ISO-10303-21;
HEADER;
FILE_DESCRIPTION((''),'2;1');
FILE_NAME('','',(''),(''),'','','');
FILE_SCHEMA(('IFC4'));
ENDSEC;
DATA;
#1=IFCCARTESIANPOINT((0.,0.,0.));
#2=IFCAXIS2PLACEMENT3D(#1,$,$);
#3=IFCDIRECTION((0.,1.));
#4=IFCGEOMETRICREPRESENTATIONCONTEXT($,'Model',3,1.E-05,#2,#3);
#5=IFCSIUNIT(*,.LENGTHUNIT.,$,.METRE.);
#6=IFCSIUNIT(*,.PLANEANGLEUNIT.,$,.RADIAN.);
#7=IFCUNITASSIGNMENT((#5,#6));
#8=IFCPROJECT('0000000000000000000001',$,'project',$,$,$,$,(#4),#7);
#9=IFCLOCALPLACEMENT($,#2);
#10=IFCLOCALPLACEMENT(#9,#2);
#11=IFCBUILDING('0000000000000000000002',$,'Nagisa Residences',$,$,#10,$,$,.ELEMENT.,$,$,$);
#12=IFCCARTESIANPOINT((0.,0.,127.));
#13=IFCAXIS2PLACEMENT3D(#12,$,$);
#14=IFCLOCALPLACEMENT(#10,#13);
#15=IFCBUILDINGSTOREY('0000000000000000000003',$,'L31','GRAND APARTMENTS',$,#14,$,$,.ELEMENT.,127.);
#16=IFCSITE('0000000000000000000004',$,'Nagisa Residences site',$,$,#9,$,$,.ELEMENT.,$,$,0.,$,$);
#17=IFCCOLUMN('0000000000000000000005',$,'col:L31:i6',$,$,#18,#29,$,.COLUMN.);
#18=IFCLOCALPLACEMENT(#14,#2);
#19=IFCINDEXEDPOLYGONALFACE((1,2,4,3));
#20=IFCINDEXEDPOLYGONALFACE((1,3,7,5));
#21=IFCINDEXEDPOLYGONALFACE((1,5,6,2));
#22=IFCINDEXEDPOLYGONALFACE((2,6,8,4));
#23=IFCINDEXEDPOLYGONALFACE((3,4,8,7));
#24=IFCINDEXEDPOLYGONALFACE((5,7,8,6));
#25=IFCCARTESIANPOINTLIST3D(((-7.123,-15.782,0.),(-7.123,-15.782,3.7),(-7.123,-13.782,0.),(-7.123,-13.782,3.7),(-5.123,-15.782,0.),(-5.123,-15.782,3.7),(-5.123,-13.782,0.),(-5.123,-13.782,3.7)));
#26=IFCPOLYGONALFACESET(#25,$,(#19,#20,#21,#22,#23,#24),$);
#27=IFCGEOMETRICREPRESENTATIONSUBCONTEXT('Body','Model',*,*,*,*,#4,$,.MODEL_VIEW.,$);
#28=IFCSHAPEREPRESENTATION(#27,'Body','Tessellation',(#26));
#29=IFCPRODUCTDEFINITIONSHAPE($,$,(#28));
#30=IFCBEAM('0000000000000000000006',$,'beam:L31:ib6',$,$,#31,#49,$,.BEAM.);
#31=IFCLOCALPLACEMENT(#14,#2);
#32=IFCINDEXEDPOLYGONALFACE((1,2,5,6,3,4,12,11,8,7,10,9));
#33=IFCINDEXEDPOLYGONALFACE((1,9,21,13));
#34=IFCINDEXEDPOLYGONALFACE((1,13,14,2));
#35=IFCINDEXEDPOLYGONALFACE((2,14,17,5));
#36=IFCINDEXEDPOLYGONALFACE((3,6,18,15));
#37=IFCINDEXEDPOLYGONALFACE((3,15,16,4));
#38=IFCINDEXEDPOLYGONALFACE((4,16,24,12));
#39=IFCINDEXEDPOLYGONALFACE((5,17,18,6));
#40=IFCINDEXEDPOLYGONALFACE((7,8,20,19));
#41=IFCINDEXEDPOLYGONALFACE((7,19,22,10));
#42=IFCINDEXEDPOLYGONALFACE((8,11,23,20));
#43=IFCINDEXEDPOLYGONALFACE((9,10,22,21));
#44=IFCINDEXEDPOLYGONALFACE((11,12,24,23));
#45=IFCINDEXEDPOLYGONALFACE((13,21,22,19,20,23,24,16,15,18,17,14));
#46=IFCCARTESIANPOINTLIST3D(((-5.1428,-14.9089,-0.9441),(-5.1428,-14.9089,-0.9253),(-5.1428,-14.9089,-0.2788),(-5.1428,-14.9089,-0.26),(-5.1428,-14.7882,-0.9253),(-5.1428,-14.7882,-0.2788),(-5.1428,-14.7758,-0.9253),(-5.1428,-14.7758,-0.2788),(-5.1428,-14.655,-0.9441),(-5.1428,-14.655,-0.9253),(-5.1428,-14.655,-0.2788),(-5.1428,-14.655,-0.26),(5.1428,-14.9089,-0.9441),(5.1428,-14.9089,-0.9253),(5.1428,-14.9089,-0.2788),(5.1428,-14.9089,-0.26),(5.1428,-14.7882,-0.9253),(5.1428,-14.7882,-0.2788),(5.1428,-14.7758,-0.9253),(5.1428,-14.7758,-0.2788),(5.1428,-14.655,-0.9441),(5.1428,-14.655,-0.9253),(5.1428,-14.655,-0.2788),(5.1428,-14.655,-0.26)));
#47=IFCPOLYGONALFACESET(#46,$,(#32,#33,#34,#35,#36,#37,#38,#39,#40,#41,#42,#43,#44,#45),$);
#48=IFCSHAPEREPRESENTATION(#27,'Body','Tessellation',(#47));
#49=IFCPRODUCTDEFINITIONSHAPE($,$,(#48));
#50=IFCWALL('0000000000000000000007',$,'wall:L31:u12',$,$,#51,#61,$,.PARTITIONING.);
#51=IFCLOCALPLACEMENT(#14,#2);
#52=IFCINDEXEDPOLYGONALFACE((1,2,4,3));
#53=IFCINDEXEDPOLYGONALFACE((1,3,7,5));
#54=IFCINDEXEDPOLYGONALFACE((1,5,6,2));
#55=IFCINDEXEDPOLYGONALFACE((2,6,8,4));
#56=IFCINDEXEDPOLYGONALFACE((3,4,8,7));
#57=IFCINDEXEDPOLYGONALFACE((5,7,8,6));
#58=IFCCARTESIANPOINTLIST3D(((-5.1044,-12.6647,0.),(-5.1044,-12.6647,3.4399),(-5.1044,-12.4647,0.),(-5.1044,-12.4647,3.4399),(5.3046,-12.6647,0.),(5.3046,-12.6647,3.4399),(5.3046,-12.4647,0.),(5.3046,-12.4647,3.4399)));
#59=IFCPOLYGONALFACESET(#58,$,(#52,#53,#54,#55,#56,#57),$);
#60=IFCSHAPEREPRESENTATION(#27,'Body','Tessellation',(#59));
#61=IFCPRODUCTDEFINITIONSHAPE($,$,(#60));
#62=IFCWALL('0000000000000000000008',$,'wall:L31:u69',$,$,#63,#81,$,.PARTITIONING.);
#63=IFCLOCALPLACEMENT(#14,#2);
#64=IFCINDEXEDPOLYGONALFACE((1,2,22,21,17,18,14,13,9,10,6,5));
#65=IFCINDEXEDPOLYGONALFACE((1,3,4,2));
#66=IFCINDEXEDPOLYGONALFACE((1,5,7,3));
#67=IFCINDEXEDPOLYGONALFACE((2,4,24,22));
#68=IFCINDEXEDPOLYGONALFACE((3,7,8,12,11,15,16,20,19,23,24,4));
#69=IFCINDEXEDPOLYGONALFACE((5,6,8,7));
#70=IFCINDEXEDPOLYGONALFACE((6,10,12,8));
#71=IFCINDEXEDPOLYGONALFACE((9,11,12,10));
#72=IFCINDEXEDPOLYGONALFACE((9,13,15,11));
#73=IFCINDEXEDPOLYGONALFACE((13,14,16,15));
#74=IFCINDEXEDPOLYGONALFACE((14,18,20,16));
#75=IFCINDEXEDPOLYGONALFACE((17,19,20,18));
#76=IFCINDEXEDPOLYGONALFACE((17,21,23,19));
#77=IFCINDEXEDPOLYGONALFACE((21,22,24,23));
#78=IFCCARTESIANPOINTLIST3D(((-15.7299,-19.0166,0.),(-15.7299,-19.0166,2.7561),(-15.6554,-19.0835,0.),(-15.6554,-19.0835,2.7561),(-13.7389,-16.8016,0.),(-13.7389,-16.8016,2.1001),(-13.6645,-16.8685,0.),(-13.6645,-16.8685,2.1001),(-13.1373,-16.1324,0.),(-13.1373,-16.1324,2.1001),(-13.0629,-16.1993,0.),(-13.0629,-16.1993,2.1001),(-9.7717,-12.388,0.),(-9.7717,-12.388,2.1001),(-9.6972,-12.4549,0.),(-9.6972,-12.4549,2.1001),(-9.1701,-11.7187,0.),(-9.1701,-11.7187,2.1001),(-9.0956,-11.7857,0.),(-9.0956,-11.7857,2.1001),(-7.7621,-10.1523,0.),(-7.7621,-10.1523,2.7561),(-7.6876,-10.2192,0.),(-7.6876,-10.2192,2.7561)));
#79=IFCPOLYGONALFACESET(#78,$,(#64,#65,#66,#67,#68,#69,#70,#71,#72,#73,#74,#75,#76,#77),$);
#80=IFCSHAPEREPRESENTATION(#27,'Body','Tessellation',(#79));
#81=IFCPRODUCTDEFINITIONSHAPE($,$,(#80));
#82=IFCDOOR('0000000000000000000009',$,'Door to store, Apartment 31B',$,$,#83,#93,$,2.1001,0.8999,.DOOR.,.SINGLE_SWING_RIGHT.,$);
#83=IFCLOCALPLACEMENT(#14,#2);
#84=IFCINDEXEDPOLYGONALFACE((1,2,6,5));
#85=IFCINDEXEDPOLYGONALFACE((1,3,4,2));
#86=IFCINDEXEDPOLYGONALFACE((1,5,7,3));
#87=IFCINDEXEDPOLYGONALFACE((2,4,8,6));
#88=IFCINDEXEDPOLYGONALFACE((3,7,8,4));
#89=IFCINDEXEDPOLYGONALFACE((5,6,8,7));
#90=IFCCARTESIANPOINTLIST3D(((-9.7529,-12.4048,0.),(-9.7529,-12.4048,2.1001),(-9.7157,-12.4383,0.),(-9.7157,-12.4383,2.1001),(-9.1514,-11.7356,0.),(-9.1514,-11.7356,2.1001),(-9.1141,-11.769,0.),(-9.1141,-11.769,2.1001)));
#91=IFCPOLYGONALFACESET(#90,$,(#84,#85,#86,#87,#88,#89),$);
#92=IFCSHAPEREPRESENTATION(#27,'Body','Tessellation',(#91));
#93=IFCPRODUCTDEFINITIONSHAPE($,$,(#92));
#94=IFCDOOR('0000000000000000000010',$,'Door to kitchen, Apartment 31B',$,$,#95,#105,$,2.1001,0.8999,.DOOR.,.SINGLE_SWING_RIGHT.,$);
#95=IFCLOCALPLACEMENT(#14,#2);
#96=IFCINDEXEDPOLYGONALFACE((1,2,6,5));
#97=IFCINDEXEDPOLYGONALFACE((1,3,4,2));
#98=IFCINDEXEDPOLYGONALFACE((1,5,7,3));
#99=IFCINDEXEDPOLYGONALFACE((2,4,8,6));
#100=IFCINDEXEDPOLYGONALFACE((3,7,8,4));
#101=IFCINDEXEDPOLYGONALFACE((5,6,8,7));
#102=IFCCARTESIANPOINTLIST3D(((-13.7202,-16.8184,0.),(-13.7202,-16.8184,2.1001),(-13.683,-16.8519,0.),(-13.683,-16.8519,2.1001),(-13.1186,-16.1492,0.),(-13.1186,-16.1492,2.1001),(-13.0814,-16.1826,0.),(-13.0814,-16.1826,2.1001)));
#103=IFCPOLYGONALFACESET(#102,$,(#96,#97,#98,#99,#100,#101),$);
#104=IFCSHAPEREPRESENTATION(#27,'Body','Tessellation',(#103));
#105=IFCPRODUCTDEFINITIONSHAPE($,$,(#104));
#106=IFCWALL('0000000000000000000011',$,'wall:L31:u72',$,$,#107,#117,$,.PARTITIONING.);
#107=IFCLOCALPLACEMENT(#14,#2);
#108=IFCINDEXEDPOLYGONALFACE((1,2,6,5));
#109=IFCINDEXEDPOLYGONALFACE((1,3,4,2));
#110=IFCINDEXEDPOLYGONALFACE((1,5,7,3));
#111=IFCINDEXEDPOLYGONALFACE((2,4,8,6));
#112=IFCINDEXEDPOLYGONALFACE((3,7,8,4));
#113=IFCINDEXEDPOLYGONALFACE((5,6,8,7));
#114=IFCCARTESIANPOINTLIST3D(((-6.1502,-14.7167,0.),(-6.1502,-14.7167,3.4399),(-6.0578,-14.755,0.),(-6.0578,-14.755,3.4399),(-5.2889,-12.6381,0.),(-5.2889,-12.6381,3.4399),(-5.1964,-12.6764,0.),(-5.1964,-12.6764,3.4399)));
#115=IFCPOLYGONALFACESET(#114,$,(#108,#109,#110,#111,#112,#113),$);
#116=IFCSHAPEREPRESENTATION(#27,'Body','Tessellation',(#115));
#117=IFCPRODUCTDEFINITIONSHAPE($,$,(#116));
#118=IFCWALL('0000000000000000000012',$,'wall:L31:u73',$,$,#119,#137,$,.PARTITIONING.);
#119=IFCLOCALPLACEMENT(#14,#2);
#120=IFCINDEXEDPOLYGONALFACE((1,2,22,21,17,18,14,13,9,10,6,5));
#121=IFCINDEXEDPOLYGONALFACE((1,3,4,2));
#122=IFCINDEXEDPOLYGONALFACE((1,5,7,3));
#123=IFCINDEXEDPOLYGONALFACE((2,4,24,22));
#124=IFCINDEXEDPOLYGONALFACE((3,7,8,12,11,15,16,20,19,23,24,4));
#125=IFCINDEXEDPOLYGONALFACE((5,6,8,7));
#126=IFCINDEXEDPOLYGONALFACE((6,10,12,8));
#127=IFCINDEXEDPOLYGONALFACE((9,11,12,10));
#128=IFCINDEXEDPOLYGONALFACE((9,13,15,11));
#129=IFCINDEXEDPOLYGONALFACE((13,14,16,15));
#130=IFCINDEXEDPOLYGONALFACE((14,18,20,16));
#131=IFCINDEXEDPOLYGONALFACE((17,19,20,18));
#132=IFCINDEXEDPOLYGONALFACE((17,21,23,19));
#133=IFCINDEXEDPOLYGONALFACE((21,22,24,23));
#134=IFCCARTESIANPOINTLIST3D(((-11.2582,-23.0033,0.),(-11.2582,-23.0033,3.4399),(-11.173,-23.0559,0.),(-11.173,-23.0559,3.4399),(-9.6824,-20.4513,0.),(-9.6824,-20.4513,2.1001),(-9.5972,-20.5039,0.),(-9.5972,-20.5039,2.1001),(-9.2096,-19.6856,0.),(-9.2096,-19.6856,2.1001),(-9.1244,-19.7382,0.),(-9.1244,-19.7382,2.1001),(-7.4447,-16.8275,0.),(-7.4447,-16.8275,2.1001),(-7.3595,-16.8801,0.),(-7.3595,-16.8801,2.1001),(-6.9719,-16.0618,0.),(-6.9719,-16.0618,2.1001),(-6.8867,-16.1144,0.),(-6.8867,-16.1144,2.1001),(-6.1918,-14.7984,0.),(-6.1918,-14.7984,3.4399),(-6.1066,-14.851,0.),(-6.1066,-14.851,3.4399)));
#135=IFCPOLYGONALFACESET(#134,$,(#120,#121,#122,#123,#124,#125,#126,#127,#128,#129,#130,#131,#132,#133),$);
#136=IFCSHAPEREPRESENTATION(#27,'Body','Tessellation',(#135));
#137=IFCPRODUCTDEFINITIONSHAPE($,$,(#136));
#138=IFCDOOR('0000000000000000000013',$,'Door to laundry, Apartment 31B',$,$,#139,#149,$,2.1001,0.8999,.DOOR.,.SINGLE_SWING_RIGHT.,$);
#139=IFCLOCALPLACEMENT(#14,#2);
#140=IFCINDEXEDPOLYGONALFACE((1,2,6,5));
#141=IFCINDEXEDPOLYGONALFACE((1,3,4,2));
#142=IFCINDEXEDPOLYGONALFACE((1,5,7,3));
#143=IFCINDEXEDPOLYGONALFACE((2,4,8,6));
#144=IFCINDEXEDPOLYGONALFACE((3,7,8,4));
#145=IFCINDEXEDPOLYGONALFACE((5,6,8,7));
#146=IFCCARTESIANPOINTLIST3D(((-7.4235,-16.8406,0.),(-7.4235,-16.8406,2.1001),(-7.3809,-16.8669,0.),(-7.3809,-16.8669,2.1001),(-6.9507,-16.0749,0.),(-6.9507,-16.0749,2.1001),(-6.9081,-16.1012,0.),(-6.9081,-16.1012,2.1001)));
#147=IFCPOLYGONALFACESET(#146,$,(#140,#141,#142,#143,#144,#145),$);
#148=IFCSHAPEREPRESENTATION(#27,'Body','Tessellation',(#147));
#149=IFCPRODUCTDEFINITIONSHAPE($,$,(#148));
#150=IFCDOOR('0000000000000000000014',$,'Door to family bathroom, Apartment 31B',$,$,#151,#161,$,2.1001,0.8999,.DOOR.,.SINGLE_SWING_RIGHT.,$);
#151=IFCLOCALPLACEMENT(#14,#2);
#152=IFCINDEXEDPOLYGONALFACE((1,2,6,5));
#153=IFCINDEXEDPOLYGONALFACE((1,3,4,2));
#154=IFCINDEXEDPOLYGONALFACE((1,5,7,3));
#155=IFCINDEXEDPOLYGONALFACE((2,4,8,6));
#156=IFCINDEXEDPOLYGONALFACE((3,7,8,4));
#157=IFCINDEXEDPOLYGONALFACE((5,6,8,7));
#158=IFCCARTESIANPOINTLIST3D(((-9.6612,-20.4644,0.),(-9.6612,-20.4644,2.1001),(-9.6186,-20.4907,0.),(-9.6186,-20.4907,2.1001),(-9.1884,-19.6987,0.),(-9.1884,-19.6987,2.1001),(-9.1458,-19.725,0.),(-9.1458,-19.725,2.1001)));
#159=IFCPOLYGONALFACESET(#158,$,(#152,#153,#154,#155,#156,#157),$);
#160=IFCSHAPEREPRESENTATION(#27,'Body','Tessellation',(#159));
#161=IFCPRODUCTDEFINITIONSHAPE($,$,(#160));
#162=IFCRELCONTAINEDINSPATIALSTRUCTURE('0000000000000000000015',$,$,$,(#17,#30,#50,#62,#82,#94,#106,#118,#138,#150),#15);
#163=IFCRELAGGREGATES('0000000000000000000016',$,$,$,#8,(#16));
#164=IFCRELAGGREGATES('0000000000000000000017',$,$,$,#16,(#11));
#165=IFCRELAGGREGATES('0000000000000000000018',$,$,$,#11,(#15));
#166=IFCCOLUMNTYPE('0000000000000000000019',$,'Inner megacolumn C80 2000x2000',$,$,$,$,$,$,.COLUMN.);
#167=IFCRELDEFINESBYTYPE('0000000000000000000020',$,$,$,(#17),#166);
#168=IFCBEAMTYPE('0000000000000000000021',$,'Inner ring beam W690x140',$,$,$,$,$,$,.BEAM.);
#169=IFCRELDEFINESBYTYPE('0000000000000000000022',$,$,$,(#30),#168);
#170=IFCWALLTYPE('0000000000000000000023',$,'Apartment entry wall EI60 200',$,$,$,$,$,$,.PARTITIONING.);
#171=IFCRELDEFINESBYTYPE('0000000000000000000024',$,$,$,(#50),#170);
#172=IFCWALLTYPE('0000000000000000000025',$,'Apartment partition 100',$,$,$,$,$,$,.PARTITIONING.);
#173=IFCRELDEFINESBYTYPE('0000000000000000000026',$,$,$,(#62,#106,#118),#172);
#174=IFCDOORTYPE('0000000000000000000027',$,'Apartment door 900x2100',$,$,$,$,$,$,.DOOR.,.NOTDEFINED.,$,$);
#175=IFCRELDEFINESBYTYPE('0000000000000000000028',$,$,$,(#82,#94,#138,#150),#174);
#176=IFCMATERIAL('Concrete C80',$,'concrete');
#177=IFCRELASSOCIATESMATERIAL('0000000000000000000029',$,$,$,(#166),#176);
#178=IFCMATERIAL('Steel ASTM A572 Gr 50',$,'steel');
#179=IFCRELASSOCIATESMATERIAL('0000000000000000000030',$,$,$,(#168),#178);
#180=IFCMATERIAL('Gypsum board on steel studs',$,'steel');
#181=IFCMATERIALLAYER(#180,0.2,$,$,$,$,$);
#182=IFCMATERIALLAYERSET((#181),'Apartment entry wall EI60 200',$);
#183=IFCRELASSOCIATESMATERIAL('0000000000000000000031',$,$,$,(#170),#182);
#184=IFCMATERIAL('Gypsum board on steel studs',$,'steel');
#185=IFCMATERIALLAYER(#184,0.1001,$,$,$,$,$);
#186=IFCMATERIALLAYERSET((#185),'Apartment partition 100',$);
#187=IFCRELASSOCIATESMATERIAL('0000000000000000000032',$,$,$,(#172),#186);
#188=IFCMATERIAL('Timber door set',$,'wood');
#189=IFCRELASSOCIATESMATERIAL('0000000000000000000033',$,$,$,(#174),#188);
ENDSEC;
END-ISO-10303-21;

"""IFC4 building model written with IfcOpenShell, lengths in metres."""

from ifc_helpers import new_model, si_unit, direction, frame, frame_2d, origin, origin_2d, place, context, subcontext, project, spatial, rectangle, i_section, extrude, material, layer, layer_set, material_profile, profile_set, type_object, element, fill, save


model = new_model("IFC4")

# Units and contexts
model_context = context("Model", 3, precision=1e-05, world=origin(), true_north=direction((0.0, 1.0)))
body_context = subcontext(model_context, "Body", "Model", "MODEL_VIEW")
ifc_project = project(units=[si_unit("LENGTHUNIT", "METRE"), si_unit("PLANEANGLEUNIT", "RADIAN")], contexts=[model_context])

# Site, building, storey
site_placement = place(None, origin())
site = spatial("IfcSite", under=ifc_project, at=site_placement, Name="Nagisa Residences site", CompositionType="ELEMENT", RefElevation=0.0)
building_placement = place(site_placement, origin())
building = spatial("IfcBuilding", under=site, at=building_placement, Name="Nagisa Residences", CompositionType="ELEMENT")
storey_placement = place(building_placement, frame((0.0, 0.0, 127.0)))
storey = spatial("IfcBuildingStorey", under=building, at=storey_placement, Name="L31", Description="GRAND APARTMENTS", CompositionType="ELEMENT", Elevation=127.0)

# Column
ifc_material_1 = material(Name="Concrete C80", Category="concrete")
ifc_material_profile_1 = material_profile(ifc_material_1, rectangle(XDim=2.0, YDim=2.0, at=origin_2d()), Name="C80 2000x2000")
ifc_profile_set_1 = profile_set([ifc_material_profile_1], Name="Concrete C80")
column_type = type_object("IfcColumnType", Name="Inner megacolumn C80 2000x2000", PredefinedType="COLUMN", material=ifc_profile_set_1)
column_placement = place(storey_placement, frame((-6.123, -14.782, 0.0), z_axis=(0.0, 0.0, 1.0), x_axis=(1.0, 0.0, 0.0)))
element("IfcColumn", 1, at=column_placement, inside=storey, type_object=column_type, Name="col:L31:i6", PredefinedType="COLUMN", context=body_context, shape_type="SweptSolid", body=[
    extrude(rectangle(XDim=2.0, YDim=2.0, at=origin_2d()), origin(), (0.0, 0.0, 1.0), 3.7),
])

# Beam
ifc_material_2 = material(Name="Steel ASTM A572 Gr 50", Category="steel")
ifc_material_profile_2 = material_profile(ifc_material_2, i_section(OverallWidth=0.2539, OverallDepth=0.6841, WebThickness=0.0125, FlangeThickness=0.0188, at=origin_2d()), Name="W690x140")
ifc_profile_set_2 = profile_set([ifc_material_profile_2], Name="Steel ASTM A572 Gr 50")
beam_type = type_object("IfcBeamType", Name="Inner ring beam W690x140", PredefinedType="BEAM", material=ifc_profile_set_2)
beam_placement = place(storey_placement, frame((-5.1428, -14.782, -0.6021), z_axis=(1.0, 0.0, 0.0), x_axis=(0.0, 1.0, 0.0)))
element("IfcBeam", 2, at=beam_placement, inside=storey, type_object=beam_type, Name="beam:L31:ib6", PredefinedType="BEAM", context=body_context, shape_type="SweptSolid", body=[
    extrude(i_section(OverallWidth=0.2539, OverallDepth=0.6841, WebThickness=0.0125, FlangeThickness=0.0188, at=origin_2d()), origin(), (0.0, 0.0, 1.0), 10.2856),
])

# Wall
ifc_material_3 = material(Name="Gypsum board on steel studs", Category="steel")
ifc_layer_1 = layer(ifc_material_3, 0.2)
ifc_layer_set_1 = layer_set([ifc_layer_1], Name="Apartment entry wall EI60 200")
wall_type_1 = type_object("IfcWallType", Name="Apartment entry wall EI60 200", PredefinedType="PARTITIONING", material=ifc_layer_set_1)
wall_1_placement = place(storey_placement, frame((-5.1045, -12.5647, 0.0), z_axis=(0.0, 0.0, 1.0), x_axis=(1.0, 0.0, 0.0)))
element("IfcWall", 3, at=wall_1_placement, inside=storey, type_object=wall_type_1, Name="wall:L31:u12", PredefinedType="PARTITIONING", context=body_context, shape_type="SweptSolid", body=[
    extrude(rectangle(XDim=10.4089, YDim=0.2, at=frame_2d((5.2046, 0.0))), origin(), (0.0, 0.0, 1.0), 3.4399),
])

# Wall, openings, doors
ifc_material_4 = material(Name="Gypsum board on steel studs", Category="steel")
ifc_layer_2 = layer(ifc_material_4, 0.1001)
ifc_layer_set_2 = layer_set([ifc_layer_2], Name="Apartment partition 100")
wall_type_2 = type_object("IfcWallType", Name="Apartment partition 100", PredefinedType="PARTITIONING", material=ifc_layer_set_2)
wall_2_placement = place(storey_placement, frame((-7.7249, -10.1858, 0.0), z_axis=(0.0, 0.0, 1.0), x_axis=(-0.668498, -0.743714, 0.0)))
wall_2 = element("IfcWall", 4, at=wall_2_placement, inside=storey, type_object=wall_type_2, Name="wall:L31:u69", PredefinedType="PARTITIONING", context=body_context, shape_type="SweptSolid", body=[
    extrude(rectangle(XDim=11.9189, YDim=0.1001, at=frame_2d((5.9595, 0.0))), origin(), (0.0, 0.0, 1.0), 2.7561),
])
opening_1_placement = place(wall_2_placement, frame((2.1062, 0.0, 0.0)))
opening_1 = element("IfcOpeningElement", 5, at=opening_1_placement, cuts=wall_2, PredefinedType="OPENING", context=body_context, shape_type="SweptSolid", body=[
    extrude(rectangle(XDim=0.8999, YDim=2.1001, at=frame_2d((0.45, 1.05))), frame((0.0, 0.0601, 0.0), z_axis=(0.0, -1.0, 0.0), x_axis=(1.0, 0.0, 0.0)), (0.0, 0.0, 1.0), 0.1201),
])
opening_2_placement = place(wall_2_placement, frame((8.0408, 0.0, 0.0)))
opening_2 = element("IfcOpeningElement", 6, at=opening_2_placement, cuts=wall_2, PredefinedType="OPENING", context=body_context, shape_type="SweptSolid", body=[
    extrude(rectangle(XDim=0.8999, YDim=2.1001, at=frame_2d((0.45, 1.05))), frame((0.0, 0.0601, 0.0), z_axis=(0.0, -1.0, 0.0), x_axis=(1.0, 0.0, 0.0)), (0.0, 0.0, 1.0), 0.1201),
])
ifc_material_5 = material(Name="Timber door set", Category="wood")
door_type_1 = type_object("IfcDoorType", Name="Apartment door 900x2100", OperationType="NOTDEFINED", PredefinedType="DOOR", material=ifc_material_5)
door_1_placement = place(opening_1_placement, frame((0.8999, 0.0, 0.0), x_axis=(-1.0, 0.0, 0.0)))
door_1 = element("IfcDoor", 7, at=door_1_placement, inside=storey, type_object=door_type_1, Name="Door to store, Apartment 31B", OperationType="SINGLE_SWING_RIGHT", OverallHeight=2.1001, OverallWidth=0.8999, PredefinedType="DOOR", context=body_context, shape_type="SweptSolid", body=[
    extrude(rectangle(XDim=0.8999, YDim=2.1001, at=frame_2d((0.45, 1.05))), frame((0.0, 0.0249, 0.0), z_axis=(0.0, -1.0, 0.0), x_axis=(1.0, 0.0, 0.0)), (0.0, 0.0, 1.0), 0.05),
])
fill(opening_1, door_1)
door_2_placement = place(opening_2_placement, frame((0.8999, 0.0, 0.0), x_axis=(-1.0, 0.0, 0.0)))
door_2 = element("IfcDoor", 8, at=door_2_placement, inside=storey, type_object=door_type_1, Name="Door to kitchen, Apartment 31B", OperationType="SINGLE_SWING_RIGHT", OverallHeight=2.1001, OverallWidth=0.8999, PredefinedType="DOOR", context=body_context, shape_type="SweptSolid", body=[
    extrude(rectangle(XDim=0.8999, YDim=2.1001, at=frame_2d((0.45, 1.05))), frame((0.0, 0.0249, 0.0), z_axis=(0.0, -1.0, 0.0), x_axis=(1.0, 0.0, 0.0)), (0.0, 0.0, 1.0), 0.05),
])
fill(opening_2, door_2)

# Wall
wall_3_placement = place(storey_placement, frame((-5.2427, -12.6572, 0.0), z_axis=(0.0, 0.0, 1.0), x_axis=(-0.382812, -0.923826, 0.0)))
element("IfcWall", 9, at=wall_3_placement, inside=storey, type_object=wall_type_2, Name="wall:L31:u72", PredefinedType="PARTITIONING", context=body_context, shape_type="SweptSolid", body=[
    extrude(rectangle(XDim=2.25, YDim=0.1001, at=frame_2d((1.125, 0.0))), origin(), (0.0, 0.0, 1.0), 3.4399),
])

# Wall, openings, doors
wall_4_placement = place(storey_placement, frame((-6.1492, -14.8247, 0.0), z_axis=(0.0, 0.0, 1.0), x_axis=(-0.525396, -0.850858, 0.0)))
wall_4 = element("IfcWall", 10, at=wall_4_placement, inside=storey, type_object=wall_type_2, Name="wall:L31:u73", PredefinedType="PARTITIONING", context=body_context, shape_type="SweptSolid", body=[
    extrude(rectangle(XDim=9.6431, YDim=0.1001, at=frame_2d((4.8215, 0.0))), origin(), (0.0, 0.0, 1.0), 3.4399),
])
opening_3_placement = place(wall_4_placement, frame((1.4849, 0.0, 0.0)))
opening_3 = element("IfcOpeningElement", 11, at=opening_3_placement, cuts=wall_4, PredefinedType="OPENING", context=body_context, shape_type="SweptSolid", body=[
    extrude(rectangle(XDim=0.8999, YDim=2.1001, at=frame_2d((0.45, 1.05))), frame((0.0, 0.0601, 0.0), z_axis=(0.0, -1.0, 0.0), x_axis=(1.0, 0.0, 0.0)), (0.0, 0.0, 1.0), 0.1201),
])
opening_4_placement = place(wall_4_placement, frame((5.7439, 0.0, 0.0)))
opening_4 = element("IfcOpeningElement", 12, at=opening_4_placement, cuts=wall_4, PredefinedType="OPENING", context=body_context, shape_type="SweptSolid", body=[
    extrude(rectangle(XDim=0.8999, YDim=2.1001, at=frame_2d((0.45, 1.05))), frame((0.0, 0.0601, 0.0), z_axis=(0.0, -1.0, 0.0), x_axis=(1.0, 0.0, 0.0)), (0.0, 0.0, 1.0), 0.1201),
])
door_3_placement = place(opening_3_placement, origin())
door_3 = element("IfcDoor", 13, at=door_3_placement, inside=storey, type_object=door_type_1, Name="Door to laundry, Apartment 31B", OperationType="SINGLE_SWING_RIGHT", OverallHeight=2.1001, OverallWidth=0.8999, PredefinedType="DOOR", context=body_context, shape_type="SweptSolid", body=[
    extrude(rectangle(XDim=0.8999, YDim=2.1001, at=frame_2d((0.45, 1.05))), frame((0.0, 0.0249, 0.0), z_axis=(0.0, -1.0, 0.0), x_axis=(1.0, 0.0, 0.0)), (0.0, 0.0, 1.0), 0.05),
])
fill(opening_3, door_3)
door_4_placement = place(opening_4_placement, origin())
door_4 = element("IfcDoor", 14, at=door_4_placement, inside=storey, type_object=door_type_1, Name="Door to family bathroom, Apartment 31B", OperationType="SINGLE_SWING_RIGHT", OverallHeight=2.1001, OverallWidth=0.8999, PredefinedType="DOOR", context=body_context, shape_type="SweptSolid", body=[
    extrude(rectangle(XDim=0.8999, YDim=2.1001, at=frame_2d((0.45, 1.05))), frame((0.0, 0.0249, 0.0), z_axis=(0.0, -1.0, 0.0), x_axis=(1.0, 0.0, 0.0)), (0.0, 0.0, 1.0), 0.05),
])
fill(opening_4, door_4)

save(model, "model.ifc")
